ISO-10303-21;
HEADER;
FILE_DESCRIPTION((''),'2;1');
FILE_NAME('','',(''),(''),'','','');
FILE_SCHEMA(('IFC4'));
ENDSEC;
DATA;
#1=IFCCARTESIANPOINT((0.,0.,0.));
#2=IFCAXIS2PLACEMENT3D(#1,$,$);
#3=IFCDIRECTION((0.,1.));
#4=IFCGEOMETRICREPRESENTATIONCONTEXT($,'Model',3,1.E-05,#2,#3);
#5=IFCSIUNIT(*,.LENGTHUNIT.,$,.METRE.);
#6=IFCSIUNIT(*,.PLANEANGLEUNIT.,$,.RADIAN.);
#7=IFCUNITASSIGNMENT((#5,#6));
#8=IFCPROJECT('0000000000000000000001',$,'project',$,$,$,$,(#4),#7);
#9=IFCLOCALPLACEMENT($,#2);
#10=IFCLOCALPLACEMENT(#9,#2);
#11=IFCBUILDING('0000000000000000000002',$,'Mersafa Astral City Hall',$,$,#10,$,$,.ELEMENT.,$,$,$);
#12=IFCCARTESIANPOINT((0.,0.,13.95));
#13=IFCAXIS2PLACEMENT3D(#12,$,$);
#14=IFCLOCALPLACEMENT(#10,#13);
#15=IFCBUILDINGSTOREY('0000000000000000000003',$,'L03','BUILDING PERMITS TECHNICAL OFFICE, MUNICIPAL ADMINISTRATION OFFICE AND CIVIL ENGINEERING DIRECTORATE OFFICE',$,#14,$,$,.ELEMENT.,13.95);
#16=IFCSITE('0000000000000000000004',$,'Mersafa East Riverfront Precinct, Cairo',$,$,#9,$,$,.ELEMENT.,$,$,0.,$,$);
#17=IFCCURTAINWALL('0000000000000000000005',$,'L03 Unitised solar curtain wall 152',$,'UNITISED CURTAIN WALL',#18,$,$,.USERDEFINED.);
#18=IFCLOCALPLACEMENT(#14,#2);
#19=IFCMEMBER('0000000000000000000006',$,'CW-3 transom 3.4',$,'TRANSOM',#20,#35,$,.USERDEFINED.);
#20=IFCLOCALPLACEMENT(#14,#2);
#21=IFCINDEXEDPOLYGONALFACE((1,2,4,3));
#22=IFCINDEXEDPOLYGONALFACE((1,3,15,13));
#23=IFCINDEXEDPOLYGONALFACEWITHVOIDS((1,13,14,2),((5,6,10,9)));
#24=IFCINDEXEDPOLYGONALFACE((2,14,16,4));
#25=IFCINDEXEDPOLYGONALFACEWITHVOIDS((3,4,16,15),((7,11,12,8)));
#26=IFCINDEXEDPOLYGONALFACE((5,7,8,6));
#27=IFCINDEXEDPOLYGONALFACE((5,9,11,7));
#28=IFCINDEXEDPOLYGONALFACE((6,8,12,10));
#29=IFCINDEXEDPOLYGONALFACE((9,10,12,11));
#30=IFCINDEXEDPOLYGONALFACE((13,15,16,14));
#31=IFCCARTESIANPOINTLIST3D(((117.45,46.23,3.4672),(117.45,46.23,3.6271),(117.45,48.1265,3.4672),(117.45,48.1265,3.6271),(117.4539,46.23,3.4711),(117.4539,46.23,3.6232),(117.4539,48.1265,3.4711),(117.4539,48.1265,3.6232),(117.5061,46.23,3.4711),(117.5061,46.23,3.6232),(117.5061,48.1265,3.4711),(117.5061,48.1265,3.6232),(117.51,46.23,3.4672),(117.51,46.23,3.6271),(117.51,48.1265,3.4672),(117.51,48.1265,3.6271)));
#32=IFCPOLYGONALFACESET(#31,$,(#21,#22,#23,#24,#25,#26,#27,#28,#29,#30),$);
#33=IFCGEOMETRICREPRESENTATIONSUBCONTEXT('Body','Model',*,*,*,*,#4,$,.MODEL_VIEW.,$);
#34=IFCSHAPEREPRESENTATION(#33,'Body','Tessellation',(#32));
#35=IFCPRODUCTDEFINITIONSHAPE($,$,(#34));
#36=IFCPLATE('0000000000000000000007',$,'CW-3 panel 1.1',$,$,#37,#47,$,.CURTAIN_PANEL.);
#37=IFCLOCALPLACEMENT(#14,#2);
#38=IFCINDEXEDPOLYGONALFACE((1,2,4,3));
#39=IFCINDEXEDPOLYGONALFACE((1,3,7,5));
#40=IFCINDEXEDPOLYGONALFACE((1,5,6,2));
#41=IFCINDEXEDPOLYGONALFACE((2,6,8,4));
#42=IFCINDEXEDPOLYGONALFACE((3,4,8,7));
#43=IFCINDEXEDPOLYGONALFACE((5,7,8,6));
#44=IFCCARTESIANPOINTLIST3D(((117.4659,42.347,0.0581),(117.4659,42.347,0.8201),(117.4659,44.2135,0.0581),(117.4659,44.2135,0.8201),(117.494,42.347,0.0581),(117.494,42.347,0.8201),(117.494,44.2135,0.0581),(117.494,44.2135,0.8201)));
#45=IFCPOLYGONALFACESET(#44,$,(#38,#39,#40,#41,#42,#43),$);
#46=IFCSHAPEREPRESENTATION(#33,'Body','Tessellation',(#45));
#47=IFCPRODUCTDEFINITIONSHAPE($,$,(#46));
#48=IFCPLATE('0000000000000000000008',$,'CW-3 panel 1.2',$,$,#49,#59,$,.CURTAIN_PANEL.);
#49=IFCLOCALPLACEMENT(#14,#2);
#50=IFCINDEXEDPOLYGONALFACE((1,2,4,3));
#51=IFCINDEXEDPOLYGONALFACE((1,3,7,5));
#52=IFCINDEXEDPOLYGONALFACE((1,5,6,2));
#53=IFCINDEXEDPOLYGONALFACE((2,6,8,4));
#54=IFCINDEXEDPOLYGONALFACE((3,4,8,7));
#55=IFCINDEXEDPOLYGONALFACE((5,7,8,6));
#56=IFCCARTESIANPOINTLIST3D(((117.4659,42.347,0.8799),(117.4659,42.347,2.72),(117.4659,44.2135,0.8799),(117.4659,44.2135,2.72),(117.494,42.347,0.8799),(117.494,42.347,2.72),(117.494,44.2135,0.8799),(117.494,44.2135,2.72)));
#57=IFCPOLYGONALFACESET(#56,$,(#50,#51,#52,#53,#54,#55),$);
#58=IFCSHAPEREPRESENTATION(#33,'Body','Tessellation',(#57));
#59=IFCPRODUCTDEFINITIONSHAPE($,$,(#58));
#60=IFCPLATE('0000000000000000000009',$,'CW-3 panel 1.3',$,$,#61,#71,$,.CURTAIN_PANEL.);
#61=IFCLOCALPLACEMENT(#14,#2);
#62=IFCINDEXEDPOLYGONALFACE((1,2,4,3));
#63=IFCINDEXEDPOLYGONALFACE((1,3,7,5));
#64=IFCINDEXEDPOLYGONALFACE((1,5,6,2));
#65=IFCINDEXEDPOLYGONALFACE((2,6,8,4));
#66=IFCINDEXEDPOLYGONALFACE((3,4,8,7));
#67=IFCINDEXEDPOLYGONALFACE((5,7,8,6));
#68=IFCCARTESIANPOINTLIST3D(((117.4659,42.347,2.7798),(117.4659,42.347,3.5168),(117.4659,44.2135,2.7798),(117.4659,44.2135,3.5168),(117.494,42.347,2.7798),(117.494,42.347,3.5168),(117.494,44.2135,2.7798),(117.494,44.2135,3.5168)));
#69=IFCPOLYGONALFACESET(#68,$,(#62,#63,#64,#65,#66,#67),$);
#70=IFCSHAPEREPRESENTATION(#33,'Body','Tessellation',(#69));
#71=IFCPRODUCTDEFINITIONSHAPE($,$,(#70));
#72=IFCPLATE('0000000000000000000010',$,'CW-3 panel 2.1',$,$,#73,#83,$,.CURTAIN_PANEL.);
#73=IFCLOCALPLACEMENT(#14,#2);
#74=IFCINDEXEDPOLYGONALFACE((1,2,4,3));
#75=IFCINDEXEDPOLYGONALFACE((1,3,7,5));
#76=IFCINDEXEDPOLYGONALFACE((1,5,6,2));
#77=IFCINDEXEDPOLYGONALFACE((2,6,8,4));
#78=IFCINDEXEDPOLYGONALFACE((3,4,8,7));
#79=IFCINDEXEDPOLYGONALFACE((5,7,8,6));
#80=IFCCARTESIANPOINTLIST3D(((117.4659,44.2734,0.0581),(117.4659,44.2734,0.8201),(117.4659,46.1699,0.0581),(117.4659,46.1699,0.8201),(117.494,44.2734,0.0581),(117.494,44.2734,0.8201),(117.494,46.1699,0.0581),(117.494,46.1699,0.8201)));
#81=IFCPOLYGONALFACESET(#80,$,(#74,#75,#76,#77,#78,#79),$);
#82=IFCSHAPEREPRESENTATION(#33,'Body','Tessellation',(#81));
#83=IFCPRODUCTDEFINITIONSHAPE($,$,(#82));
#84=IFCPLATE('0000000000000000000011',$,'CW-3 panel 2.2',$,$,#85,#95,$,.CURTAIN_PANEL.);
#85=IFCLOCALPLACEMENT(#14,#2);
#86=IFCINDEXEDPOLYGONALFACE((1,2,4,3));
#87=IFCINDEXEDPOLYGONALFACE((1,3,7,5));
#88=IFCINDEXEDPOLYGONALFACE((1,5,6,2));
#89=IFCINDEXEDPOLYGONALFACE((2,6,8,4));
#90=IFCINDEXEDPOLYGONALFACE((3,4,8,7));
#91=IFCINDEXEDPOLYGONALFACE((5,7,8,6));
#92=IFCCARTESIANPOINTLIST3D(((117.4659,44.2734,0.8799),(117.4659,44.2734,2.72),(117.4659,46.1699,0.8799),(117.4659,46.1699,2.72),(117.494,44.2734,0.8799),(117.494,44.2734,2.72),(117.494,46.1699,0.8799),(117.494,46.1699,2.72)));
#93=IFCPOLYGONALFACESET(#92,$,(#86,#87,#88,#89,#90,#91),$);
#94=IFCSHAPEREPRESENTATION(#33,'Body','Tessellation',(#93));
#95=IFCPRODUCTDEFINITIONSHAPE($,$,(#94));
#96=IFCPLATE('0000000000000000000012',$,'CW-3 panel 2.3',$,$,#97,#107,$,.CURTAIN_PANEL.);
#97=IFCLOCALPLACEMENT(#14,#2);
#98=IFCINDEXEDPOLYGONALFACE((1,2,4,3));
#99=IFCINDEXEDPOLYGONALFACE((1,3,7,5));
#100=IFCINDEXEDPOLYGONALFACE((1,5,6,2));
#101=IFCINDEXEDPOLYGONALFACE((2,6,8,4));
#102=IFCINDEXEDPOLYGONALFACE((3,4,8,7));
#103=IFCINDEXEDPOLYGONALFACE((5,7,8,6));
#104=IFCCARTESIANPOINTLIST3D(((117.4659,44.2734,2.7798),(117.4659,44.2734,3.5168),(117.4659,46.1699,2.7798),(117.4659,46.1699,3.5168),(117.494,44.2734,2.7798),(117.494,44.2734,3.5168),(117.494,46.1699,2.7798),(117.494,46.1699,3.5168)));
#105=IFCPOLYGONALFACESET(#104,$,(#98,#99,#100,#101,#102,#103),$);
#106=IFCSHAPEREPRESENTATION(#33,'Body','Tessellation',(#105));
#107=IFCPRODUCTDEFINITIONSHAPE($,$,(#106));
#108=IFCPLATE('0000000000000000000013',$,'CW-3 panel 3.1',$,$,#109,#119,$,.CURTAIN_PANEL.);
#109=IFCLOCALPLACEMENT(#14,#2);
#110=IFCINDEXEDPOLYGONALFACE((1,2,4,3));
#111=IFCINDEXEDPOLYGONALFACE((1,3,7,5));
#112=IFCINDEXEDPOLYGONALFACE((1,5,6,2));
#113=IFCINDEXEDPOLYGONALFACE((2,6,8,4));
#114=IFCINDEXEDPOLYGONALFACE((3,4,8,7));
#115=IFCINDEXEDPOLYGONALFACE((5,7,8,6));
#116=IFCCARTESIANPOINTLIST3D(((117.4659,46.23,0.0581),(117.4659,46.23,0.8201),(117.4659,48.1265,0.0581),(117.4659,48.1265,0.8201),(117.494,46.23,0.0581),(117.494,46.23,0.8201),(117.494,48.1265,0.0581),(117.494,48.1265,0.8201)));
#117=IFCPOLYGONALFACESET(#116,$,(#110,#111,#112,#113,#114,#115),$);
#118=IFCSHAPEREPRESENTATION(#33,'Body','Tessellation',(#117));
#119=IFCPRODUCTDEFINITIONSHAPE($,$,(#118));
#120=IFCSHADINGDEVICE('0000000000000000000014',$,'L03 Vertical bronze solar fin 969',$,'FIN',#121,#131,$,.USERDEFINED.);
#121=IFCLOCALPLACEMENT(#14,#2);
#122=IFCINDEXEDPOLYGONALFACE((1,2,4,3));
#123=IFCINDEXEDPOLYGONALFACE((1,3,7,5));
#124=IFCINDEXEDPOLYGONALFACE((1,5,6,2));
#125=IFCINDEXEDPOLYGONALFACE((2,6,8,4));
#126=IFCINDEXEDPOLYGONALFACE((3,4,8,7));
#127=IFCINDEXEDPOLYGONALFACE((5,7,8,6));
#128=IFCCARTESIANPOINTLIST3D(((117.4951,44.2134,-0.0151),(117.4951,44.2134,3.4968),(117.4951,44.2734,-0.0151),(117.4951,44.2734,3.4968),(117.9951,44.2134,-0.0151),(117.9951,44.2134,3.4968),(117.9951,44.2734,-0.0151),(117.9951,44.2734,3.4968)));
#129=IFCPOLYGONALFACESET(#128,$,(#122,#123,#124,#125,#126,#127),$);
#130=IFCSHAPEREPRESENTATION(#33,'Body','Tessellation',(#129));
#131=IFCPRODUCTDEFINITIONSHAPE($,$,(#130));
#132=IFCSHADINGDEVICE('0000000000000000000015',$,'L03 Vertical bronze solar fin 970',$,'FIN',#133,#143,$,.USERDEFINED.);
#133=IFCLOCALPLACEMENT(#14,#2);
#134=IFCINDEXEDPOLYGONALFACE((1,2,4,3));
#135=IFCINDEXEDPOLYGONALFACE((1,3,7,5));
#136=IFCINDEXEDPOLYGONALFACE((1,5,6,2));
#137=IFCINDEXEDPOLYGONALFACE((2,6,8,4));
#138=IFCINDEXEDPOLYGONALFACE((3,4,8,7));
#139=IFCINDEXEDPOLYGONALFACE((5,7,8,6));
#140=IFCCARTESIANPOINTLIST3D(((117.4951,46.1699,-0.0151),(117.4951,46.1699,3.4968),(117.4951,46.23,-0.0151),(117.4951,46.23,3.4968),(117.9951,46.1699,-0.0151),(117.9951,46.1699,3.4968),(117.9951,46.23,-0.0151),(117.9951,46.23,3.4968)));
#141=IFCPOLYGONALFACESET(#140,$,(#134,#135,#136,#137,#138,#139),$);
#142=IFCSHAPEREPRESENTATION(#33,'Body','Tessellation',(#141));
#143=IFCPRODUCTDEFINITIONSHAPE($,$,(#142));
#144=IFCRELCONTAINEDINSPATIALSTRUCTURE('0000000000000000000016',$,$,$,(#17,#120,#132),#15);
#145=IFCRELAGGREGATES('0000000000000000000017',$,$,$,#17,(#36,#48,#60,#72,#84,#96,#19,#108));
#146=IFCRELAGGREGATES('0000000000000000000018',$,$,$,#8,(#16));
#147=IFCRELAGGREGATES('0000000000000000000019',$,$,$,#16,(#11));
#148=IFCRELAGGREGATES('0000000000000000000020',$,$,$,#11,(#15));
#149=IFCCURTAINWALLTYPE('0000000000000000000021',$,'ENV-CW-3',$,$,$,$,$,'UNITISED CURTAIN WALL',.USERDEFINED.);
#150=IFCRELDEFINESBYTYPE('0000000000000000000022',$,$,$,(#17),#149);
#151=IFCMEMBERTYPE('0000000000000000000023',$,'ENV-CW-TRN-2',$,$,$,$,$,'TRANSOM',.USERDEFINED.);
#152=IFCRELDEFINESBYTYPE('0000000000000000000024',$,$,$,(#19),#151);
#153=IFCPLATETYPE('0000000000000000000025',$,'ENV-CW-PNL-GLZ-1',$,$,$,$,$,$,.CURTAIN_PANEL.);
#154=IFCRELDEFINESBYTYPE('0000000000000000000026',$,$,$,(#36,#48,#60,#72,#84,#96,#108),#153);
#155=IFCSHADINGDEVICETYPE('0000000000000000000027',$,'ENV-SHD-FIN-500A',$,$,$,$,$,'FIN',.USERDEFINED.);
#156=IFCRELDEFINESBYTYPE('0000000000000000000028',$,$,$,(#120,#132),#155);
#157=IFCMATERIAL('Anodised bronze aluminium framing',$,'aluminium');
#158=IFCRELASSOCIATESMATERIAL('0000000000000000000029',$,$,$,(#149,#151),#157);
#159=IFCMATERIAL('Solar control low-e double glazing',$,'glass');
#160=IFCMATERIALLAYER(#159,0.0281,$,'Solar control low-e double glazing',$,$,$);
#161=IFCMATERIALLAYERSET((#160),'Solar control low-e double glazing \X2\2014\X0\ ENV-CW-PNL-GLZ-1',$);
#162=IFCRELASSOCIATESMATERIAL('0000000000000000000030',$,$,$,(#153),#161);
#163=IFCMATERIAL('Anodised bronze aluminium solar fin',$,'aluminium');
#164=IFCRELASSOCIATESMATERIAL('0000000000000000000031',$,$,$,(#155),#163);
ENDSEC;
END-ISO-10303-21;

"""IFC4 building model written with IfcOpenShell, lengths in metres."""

from ifc_helpers import new_model, si_unit, direction, frame, origin, origin_2d, place, context, subcontext, project, spatial, rectangle, hollow_rectangle, extrude, material, layer, layer_set, material_profile, profile_set, type_object, element, aggregate, save


model = new_model("IFC4")

# Units and contexts
model_context = context("Model", 3, precision=1e-05, world=origin(), true_north=direction((0.0, 1.0)))
body_context = subcontext(model_context, "Body", "Model", "MODEL_VIEW")
ifc_project = project(units=[si_unit("LENGTHUNIT", "METRE"), si_unit("PLANEANGLEUNIT", "RADIAN")], contexts=[model_context])

# Site, building, storey
site_placement = place(None, origin())
site = spatial("IfcSite", under=ifc_project, at=site_placement, Name="Mersafa East Riverfront Precinct, Cairo", CompositionType="ELEMENT", RefElevation=0.0)
building_placement = place(site_placement, origin())
building = spatial("IfcBuilding", under=site, at=building_placement, Name="Mersafa Astral City Hall", CompositionType="ELEMENT")
storey_placement = place(building_placement, frame((0.0, 0.0, 13.95)))
storey = spatial("IfcBuildingStorey", under=building, at=storey_placement, Name="L03", Description="BUILDING PERMITS TECHNICAL OFFICE, MUNICIPAL ADMINISTRATION OFFICE AND CIVIL ENGINEERING DIRECTORATE OFFICE", CompositionType="ELEMENT", Elevation=13.95)

# Curtain wall, member, plates
ifc_material_1 = material(Name="Anodised bronze aluminium framing", Category="aluminium")
curtain_wall_type = type_object("IfcCurtainWallType", Name="ENV-CW-3", ElementType="UNITISED CURTAIN WALL", PredefinedType="USERDEFINED", material=ifc_material_1)
curtain_wall_placement = place(storey_placement, origin())
curtain_wall = element("IfcCurtainWall", 1, at=curtain_wall_placement, inside=storey, type_object=curtain_wall_type, Name="L03 Unitised solar curtain wall 152", ObjectType="UNITISED CURTAIN WALL", PredefinedType="USERDEFINED")
ifc_material_profile_1 = material_profile(ifc_material_1, hollow_rectangle(XDim=0.0601, YDim=0.1599, WallThickness=0.0039, at=origin_2d()), Name="RHS 60x160x4")
ifc_profile_set_1 = profile_set([ifc_material_profile_1], Name="Anodised bronze aluminium framing")
member_type_1 = type_object("IfcMemberType", Name="ENV-CW-TRN-2", ElementType="TRANSOM", PredefinedType="USERDEFINED", material=ifc_profile_set_1)
member_1_placement = place(storey_placement, frame((117.48, 46.23, 3.5471), z_axis=(0.0, 1.0, 0.0), x_axis=(-1.0, 0.0, 0.0)))
member_1 = element("IfcMember", 2, at=member_1_placement, type_object=member_type_1, Name="CW-3 transom 3.4", ObjectType="TRANSOM", PredefinedType="USERDEFINED", context=body_context, shape_type="SweptSolid", body=[
    extrude(hollow_rectangle(XDim=0.0601, YDim=0.1599, WallThickness=0.0039, at=origin_2d()), origin(), (0.0, 0.0, 1.0), 1.8965),
])
ifc_material_2 = material(Name="Solar control low-e double glazing", Category="glass")
ifc_layer = layer(ifc_material_2, 0.0281, Name="Solar control low-e double glazing")
ifc_layer_set = layer_set([ifc_layer], Name="Solar control low-e double glazing — ENV-CW-PNL-GLZ-1")
plate_type = type_object("IfcPlateType", Name="ENV-CW-PNL-GLZ-1", PredefinedType="CURTAIN_PANEL", material=ifc_layer_set)
plate_1_placement = place(storey_placement, frame((117.48, 43.2803, 0.0581), z_axis=(0.0, 0.0, 1.0), x_axis=(0.0, 1.0, 0.0)))
plate_1 = element("IfcPlate", 3, at=plate_1_placement, type_object=plate_type, Name="CW-3 panel 1.1", PredefinedType="CURTAIN_PANEL", context=body_context, shape_type="SweptSolid", body=[
    extrude(rectangle(XDim=1.8665, YDim=0.0281, at=origin_2d()), origin(), (0.0, 0.0, 1.0), 0.762),
])
plate_2_placement = place(storey_placement, frame((117.48, 43.2803, 0.8799), z_axis=(0.0, 0.0, 1.0), x_axis=(0.0, 1.0, 0.0)))
plate_2 = element("IfcPlate", 4, at=plate_2_placement, type_object=plate_type, Name="CW-3 panel 1.2", PredefinedType="CURTAIN_PANEL", context=body_context, shape_type="SweptSolid", body=[
    extrude(rectangle(XDim=1.8665, YDim=0.0281, at=origin_2d()), origin(), (0.0, 0.0, 1.0), 1.8401),
])
plate_3_placement = place(storey_placement, frame((117.48, 43.2803, 2.7798), z_axis=(0.0, 0.0, 1.0), x_axis=(0.0, 1.0, 0.0)))
plate_3 = element("IfcPlate", 5, at=plate_3_placement, type_object=plate_type, Name="CW-3 panel 1.3", PredefinedType="CURTAIN_PANEL", context=body_context, shape_type="SweptSolid", body=[
    extrude(rectangle(XDim=1.8665, YDim=0.0281, at=origin_2d()), origin(), (0.0, 0.0, 1.0), 0.7371),
])
plate_4_placement = place(storey_placement, frame((117.48, 45.2217, 0.0581), z_axis=(0.0, 0.0, 1.0), x_axis=(0.0, 1.0, 0.0)))
plate_4 = element("IfcPlate", 6, at=plate_4_placement, type_object=plate_type, Name="CW-3 panel 2.1", PredefinedType="CURTAIN_PANEL", context=body_context, shape_type="SweptSolid", body=[
    extrude(rectangle(XDim=1.8965, YDim=0.0281, at=origin_2d()), origin(), (0.0, 0.0, 1.0), 0.762),
])
plate_5_placement = place(storey_placement, frame((117.48, 45.2217, 0.8799), z_axis=(0.0, 0.0, 1.0), x_axis=(0.0, 1.0, 0.0)))
plate_5 = element("IfcPlate", 7, at=plate_5_placement, type_object=plate_type, Name="CW-3 panel 2.2", PredefinedType="CURTAIN_PANEL", context=body_context, shape_type="SweptSolid", body=[
    extrude(rectangle(XDim=1.8965, YDim=0.0281, at=origin_2d()), origin(), (0.0, 0.0, 1.0), 1.8401),
])
plate_6_placement = place(storey_placement, frame((117.48, 45.2217, 2.7798), z_axis=(0.0, 0.0, 1.0), x_axis=(0.0, 1.0, 0.0)))
plate_6 = element("IfcPlate", 8, at=plate_6_placement, type_object=plate_type, Name="CW-3 panel 2.3", PredefinedType="CURTAIN_PANEL", context=body_context, shape_type="SweptSolid", body=[
    extrude(rectangle(XDim=1.8965, YDim=0.0281, at=origin_2d()), origin(), (0.0, 0.0, 1.0), 0.7371),
])
plate_7_placement = place(storey_placement, frame((117.48, 47.1782, 0.0581), z_axis=(0.0, 0.0, 1.0), x_axis=(0.0, 1.0, 0.0)))
plate_7 = element("IfcPlate", 9, at=plate_7_placement, type_object=plate_type, Name="CW-3 panel 3.1", PredefinedType="CURTAIN_PANEL", context=body_context, shape_type="SweptSolid", body=[
    extrude(rectangle(XDim=1.8965, YDim=0.0281, at=origin_2d()), origin(), (0.0, 0.0, 1.0), 0.762),
])
aggregate(curtain_wall, [plate_1, plate_2, plate_3, plate_4, plate_5, plate_6, member_1, plate_7])

# Shading devices
ifc_material_3 = material(Name="Anodised bronze aluminium solar fin", Category="aluminium")
shading_device_type = type_object("IfcShadingDeviceType", Name="ENV-SHD-FIN-500A", ElementType="FIN", PredefinedType="USERDEFINED", material=ifc_material_3)
for number, where, z_axis, x_axis, name in (
    (10, (117.7451, 44.2434, -0.0151), (0.0, 0.0, 1.0), (0.0, 1.0, 0.0), "L03 Vertical bronze solar fin 969"),
    (11, (117.7451, 46.2, -0.0151), (0.0, 0.0, 1.0), (0.0, 1.0, 0.0), "L03 Vertical bronze solar fin 970"),
):
    element("IfcShadingDevice", number, at=place(storey_placement, frame(where, z_axis=z_axis, x_axis=x_axis)), inside=storey, type_object=shading_device_type, Name=name, ObjectType="FIN", PredefinedType="USERDEFINED", context=body_context, shape_type="SweptSolid", body=[
        extrude(rectangle(XDim=0.0601, YDim=0.5, at=origin_2d()), origin(), (0.0, 0.0, 1.0), 3.512),
    ])

save(model, "model.ifc")
